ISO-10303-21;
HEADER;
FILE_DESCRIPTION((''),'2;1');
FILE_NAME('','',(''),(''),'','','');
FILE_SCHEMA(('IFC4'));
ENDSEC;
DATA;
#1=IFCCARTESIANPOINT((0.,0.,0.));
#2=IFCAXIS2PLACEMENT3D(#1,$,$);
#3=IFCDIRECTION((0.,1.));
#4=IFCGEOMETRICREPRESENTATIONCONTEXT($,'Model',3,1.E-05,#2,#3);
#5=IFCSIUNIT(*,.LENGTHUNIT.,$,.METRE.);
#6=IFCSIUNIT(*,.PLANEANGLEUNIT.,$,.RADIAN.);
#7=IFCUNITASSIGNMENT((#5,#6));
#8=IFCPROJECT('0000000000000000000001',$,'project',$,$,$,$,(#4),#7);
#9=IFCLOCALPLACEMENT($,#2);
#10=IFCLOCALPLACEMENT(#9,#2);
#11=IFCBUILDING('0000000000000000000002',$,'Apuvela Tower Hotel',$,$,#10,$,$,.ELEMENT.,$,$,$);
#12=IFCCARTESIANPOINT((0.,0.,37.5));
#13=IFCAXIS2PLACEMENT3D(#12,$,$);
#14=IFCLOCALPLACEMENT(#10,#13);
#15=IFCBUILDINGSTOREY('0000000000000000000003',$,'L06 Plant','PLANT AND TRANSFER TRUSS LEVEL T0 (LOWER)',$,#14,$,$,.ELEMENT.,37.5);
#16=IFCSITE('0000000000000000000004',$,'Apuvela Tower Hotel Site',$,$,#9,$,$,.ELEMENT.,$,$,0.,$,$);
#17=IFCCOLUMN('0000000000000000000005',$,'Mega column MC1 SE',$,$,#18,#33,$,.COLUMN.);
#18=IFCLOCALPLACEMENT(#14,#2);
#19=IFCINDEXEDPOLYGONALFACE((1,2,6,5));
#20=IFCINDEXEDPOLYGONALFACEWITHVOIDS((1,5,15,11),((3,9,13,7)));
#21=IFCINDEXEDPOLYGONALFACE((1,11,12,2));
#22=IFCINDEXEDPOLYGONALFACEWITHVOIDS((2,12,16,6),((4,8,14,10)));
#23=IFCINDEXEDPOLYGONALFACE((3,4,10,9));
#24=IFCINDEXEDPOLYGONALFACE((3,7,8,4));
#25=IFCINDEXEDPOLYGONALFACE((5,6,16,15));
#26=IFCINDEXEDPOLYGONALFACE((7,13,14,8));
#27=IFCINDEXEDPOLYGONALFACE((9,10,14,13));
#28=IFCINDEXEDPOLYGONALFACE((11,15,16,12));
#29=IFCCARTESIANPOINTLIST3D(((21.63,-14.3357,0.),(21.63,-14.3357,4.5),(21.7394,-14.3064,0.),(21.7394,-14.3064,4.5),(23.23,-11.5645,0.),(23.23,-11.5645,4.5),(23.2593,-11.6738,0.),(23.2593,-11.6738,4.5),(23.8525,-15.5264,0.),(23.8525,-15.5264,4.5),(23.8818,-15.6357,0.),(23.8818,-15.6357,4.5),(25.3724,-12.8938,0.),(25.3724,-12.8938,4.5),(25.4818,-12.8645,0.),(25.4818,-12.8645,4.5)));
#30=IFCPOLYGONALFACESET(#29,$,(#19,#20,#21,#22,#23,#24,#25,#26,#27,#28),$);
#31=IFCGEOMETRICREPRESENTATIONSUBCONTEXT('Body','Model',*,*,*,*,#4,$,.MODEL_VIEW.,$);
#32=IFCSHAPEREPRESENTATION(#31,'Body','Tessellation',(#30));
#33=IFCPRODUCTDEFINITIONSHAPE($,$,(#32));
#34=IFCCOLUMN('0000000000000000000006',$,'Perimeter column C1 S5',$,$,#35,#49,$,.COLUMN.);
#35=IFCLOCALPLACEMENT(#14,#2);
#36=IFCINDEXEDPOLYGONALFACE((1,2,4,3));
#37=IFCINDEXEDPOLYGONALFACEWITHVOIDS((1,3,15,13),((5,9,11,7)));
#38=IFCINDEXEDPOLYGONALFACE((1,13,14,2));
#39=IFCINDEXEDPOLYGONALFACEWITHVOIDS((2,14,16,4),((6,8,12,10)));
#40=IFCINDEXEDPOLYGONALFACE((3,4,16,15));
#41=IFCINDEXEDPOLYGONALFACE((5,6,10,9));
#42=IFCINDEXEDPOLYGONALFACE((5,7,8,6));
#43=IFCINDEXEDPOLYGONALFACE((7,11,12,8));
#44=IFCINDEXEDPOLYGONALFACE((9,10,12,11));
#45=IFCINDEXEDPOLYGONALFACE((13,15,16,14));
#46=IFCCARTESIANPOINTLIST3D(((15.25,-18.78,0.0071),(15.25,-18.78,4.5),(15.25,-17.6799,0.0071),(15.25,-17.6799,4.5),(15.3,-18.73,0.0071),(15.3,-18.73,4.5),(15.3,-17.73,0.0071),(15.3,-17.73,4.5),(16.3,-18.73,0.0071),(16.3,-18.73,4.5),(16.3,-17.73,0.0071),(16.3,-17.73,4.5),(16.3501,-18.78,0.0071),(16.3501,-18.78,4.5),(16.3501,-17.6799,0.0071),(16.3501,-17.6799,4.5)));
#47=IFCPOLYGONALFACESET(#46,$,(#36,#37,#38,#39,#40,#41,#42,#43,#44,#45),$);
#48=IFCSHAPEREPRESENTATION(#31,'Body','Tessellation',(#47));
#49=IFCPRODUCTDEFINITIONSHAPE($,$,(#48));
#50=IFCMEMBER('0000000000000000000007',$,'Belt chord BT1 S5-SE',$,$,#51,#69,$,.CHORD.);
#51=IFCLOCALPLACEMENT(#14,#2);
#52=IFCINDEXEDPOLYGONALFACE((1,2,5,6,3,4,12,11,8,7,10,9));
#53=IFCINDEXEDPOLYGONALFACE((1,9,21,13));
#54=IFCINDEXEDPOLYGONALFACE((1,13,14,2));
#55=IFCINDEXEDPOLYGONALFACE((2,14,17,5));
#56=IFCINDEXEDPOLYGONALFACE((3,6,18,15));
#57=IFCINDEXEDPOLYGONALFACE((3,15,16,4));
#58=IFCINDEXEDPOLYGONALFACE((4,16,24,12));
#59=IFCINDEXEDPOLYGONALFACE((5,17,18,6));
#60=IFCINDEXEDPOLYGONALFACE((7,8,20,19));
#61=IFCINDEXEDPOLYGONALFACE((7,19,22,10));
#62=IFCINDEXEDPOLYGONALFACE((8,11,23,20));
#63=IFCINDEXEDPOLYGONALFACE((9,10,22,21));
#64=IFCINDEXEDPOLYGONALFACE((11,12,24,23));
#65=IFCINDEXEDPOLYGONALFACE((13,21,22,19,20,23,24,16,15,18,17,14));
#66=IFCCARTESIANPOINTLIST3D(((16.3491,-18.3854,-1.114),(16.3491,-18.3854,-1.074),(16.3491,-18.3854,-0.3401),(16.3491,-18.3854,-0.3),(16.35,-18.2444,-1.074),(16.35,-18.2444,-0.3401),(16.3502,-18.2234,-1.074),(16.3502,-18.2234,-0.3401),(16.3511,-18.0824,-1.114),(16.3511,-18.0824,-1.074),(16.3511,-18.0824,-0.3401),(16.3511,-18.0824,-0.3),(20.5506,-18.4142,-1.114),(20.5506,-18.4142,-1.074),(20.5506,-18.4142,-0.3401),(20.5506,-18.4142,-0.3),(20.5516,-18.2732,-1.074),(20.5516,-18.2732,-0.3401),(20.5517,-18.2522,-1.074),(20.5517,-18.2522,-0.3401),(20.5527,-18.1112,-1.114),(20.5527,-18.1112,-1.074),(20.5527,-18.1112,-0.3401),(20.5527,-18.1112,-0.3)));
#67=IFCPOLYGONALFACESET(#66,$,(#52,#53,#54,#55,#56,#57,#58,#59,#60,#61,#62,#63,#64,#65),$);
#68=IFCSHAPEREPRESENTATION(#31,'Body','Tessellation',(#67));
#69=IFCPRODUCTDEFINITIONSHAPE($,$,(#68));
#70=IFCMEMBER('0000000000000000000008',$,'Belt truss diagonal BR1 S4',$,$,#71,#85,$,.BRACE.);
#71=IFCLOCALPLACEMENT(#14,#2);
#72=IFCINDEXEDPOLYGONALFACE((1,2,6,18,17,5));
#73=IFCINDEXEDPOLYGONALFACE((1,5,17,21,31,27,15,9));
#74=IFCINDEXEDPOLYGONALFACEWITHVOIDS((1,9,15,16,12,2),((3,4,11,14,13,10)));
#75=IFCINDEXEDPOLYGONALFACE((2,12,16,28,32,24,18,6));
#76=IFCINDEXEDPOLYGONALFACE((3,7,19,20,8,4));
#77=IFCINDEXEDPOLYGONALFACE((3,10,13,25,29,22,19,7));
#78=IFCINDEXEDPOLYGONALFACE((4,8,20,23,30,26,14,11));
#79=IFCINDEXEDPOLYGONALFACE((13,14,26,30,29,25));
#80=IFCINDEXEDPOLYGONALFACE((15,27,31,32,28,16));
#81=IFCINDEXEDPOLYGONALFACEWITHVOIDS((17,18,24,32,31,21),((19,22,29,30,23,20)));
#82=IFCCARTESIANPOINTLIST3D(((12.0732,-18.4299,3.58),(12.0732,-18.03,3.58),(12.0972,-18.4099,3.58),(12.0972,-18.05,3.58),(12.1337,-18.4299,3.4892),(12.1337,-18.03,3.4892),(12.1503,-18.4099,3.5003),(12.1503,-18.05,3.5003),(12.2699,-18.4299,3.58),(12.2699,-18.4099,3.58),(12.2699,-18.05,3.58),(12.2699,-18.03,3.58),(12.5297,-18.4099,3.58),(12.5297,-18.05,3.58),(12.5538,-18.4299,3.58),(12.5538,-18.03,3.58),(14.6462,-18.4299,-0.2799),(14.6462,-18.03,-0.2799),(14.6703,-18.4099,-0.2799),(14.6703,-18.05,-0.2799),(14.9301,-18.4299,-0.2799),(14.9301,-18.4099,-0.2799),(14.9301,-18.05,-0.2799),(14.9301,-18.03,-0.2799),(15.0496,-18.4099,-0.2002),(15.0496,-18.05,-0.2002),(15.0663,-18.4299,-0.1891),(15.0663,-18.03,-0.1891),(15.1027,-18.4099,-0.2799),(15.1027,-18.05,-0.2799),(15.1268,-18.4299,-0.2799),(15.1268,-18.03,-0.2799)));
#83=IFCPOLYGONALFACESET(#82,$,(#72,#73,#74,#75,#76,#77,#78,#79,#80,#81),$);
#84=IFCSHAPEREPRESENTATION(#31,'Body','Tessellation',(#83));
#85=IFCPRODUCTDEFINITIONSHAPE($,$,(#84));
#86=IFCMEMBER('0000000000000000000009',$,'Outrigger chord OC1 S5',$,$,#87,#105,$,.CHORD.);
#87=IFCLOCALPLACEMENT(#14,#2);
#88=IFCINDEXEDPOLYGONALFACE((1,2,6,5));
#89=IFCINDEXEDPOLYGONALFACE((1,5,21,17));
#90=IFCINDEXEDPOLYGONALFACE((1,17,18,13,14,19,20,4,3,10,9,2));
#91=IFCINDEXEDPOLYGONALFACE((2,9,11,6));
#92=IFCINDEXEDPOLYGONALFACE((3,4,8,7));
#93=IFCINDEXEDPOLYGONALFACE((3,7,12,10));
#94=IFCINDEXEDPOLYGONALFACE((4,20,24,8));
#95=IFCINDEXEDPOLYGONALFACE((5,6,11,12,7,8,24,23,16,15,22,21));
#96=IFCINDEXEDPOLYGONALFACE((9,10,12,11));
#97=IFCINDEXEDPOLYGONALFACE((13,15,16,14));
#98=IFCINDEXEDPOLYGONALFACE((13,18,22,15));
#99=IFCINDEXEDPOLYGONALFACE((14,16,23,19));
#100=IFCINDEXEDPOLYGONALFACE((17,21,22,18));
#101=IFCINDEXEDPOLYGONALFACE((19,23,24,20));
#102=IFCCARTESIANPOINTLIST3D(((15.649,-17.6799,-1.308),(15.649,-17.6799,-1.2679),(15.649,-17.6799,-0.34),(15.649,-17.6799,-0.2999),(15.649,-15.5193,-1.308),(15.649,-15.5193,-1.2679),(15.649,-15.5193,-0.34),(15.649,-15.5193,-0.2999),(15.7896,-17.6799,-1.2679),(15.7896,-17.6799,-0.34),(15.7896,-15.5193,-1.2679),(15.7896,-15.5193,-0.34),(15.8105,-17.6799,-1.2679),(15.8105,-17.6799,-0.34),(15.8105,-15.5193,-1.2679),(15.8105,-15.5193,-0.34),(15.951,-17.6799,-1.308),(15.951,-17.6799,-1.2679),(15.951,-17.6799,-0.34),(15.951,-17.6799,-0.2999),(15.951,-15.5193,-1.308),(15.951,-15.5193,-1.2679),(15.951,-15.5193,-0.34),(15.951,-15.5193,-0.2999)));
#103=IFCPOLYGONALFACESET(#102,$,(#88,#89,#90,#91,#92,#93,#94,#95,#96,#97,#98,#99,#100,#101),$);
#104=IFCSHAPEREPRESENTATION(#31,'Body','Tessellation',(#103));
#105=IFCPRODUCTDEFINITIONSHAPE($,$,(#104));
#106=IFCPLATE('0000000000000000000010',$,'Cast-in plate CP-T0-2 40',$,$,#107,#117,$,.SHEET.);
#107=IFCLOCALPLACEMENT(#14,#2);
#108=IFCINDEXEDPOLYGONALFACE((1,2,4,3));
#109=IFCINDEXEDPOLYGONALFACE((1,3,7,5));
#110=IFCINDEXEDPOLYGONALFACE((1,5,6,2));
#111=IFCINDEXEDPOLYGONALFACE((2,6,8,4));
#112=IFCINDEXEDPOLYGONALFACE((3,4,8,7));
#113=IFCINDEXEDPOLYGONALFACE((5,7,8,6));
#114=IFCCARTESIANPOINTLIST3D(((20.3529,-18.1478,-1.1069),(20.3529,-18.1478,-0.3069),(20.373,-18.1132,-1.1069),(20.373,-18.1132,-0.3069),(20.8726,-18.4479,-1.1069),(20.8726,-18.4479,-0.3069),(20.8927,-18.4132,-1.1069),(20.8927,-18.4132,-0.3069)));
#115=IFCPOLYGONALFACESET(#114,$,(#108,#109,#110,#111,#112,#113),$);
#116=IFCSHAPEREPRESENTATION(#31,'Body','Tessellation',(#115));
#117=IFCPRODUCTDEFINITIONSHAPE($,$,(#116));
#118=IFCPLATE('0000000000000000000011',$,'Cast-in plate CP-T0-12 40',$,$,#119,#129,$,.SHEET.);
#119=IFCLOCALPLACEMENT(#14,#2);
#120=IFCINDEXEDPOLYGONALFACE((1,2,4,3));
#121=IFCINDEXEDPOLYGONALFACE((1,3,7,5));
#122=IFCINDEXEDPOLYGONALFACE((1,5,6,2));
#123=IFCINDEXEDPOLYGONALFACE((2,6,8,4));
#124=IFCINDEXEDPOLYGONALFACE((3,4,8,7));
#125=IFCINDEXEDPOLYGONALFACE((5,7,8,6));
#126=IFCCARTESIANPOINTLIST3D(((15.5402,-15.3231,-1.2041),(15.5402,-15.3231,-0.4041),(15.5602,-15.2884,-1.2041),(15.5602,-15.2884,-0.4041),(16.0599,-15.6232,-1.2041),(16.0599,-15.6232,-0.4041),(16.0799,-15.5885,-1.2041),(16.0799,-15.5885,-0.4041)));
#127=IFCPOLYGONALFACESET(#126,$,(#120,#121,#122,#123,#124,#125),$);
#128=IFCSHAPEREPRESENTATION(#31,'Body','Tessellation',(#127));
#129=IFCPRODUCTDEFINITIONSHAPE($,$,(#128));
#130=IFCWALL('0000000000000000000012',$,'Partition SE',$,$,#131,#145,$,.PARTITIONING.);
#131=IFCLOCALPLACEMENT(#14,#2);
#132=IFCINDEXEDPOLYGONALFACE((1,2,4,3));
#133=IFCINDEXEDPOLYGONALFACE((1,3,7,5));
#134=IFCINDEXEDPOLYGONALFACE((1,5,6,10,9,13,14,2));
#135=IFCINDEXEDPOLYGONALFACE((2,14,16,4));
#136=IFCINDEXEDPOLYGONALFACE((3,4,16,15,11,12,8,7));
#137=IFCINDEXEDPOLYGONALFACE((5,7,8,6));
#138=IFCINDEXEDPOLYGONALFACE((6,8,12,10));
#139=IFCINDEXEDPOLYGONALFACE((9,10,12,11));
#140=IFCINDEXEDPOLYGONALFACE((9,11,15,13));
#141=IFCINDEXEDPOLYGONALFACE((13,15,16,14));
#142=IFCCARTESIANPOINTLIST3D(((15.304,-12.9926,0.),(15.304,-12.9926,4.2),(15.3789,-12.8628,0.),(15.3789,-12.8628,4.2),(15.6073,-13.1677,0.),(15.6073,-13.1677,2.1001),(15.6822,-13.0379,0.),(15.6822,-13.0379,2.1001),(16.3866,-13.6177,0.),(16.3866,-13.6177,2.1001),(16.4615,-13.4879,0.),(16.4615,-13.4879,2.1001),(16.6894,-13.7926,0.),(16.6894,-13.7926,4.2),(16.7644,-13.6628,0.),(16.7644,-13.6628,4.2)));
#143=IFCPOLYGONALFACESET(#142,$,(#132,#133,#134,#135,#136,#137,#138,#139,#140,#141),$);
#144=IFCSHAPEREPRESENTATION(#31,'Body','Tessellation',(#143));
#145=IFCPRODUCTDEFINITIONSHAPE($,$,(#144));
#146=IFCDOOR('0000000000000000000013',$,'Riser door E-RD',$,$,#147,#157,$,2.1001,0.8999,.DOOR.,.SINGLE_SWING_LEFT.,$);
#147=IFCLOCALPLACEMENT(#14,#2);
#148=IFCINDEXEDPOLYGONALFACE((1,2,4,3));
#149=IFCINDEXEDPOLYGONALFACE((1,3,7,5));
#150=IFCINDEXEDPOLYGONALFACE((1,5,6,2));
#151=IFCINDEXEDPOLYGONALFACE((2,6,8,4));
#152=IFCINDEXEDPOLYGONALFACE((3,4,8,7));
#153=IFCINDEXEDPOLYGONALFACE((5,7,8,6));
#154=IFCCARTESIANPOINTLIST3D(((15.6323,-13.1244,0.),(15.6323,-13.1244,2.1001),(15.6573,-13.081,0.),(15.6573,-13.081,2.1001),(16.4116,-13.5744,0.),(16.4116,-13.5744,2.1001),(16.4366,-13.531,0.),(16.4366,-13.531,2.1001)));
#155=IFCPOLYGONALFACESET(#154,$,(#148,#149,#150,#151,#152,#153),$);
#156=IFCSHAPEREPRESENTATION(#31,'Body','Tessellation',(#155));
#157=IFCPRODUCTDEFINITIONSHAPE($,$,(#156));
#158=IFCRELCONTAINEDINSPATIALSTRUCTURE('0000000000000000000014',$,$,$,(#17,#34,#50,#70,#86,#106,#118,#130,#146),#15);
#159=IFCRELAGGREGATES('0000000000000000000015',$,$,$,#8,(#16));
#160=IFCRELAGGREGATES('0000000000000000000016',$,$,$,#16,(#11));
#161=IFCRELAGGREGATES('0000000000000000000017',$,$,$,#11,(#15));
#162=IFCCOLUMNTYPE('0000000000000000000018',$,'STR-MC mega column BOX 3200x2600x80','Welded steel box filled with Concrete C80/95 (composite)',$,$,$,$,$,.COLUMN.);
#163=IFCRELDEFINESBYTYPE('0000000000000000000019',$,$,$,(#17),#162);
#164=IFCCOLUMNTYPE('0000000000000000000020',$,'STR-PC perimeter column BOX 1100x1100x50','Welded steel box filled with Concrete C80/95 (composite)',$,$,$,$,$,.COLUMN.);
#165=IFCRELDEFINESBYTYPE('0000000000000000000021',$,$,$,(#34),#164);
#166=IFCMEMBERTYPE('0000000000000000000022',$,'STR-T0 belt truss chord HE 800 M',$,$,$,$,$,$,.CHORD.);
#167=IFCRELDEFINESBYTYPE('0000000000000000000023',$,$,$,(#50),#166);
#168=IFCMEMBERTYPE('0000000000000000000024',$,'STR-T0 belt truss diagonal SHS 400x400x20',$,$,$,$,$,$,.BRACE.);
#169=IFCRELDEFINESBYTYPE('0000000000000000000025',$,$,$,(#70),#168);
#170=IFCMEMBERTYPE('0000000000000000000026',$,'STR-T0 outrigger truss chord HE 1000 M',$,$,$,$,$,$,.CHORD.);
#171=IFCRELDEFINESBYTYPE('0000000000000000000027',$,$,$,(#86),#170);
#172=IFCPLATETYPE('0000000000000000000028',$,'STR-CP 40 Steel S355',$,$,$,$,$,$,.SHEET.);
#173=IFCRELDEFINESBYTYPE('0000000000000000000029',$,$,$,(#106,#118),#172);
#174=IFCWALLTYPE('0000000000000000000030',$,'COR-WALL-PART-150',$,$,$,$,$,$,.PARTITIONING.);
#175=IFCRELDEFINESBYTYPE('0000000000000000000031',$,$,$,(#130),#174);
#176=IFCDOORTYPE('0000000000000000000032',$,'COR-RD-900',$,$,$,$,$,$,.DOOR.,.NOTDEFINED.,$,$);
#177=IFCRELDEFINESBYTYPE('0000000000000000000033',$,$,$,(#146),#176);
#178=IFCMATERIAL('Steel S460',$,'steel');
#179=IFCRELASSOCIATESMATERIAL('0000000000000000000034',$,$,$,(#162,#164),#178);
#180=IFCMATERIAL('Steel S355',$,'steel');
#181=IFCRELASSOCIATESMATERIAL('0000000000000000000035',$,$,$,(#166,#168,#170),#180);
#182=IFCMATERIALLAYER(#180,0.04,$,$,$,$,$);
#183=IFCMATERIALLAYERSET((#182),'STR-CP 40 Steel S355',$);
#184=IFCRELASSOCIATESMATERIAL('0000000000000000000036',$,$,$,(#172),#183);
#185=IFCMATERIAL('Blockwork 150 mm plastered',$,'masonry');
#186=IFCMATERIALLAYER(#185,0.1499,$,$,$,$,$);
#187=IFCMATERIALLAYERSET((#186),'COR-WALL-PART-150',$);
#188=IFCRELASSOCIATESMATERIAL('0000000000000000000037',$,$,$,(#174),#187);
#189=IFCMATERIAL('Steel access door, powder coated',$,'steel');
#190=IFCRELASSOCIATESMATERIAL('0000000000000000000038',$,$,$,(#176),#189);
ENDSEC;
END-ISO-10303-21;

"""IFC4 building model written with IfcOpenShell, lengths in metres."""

from ifc_helpers import new_model, si_unit, direction, frame, frame_2d, origin, origin_2d, place, context, subcontext, project, spatial, rectangle, hollow_rectangle, i_section, extrude, boolean, halfspace, material, layer, layer_set, material_profile, profile_set, type_object, element, fill, save


model = new_model("IFC4")

# Units and contexts
model_context = context("Model", 3, precision=1e-05, world=origin(), true_north=direction((0.0, 1.0)))
body_context = subcontext(model_context, "Body", "Model", "MODEL_VIEW")
ifc_project = project(units=[si_unit("LENGTHUNIT", "METRE"), si_unit("PLANEANGLEUNIT", "RADIAN")], contexts=[model_context])

# Site, building, storey
site_placement = place(None, origin())
site = spatial("IfcSite", under=ifc_project, at=site_placement, Name="Apuvela Tower Hotel Site", CompositionType="ELEMENT", RefElevation=0.0)
building_placement = place(site_placement, origin())
building = spatial("IfcBuilding", under=site, at=building_placement, Name="Apuvela Tower Hotel", CompositionType="ELEMENT")
storey_placement = place(building_placement, frame((0.0, 0.0, 37.5)))
storey = spatial("IfcBuildingStorey", under=building, at=storey_placement, Name="L06 Plant", Description="PLANT AND TRANSFER TRUSS LEVEL T0 (LOWER)", CompositionType="ELEMENT", Elevation=37.5)

# Columns
ifc_material_1 = material(Name="Steel S460", Category="steel")
ifc_material_profile_1 = material_profile(ifc_material_1, hollow_rectangle(XDim=3.2, YDim=2.6001, WallThickness=0.0801, at=origin_2d()), Name="BOX 3200x2600x80")
ifc_material_2 = material(Name="Concrete C80/95", Category="concrete")
ifc_material_profile_2 = material_profile(ifc_material_2, rectangle(XDim=3.04, YDim=2.4399, at=origin_2d()), Name="Concrete C80/95 infill")
ifc_profile_set_1 = profile_set([ifc_material_profile_1, ifc_material_profile_2], Name="Steel S460")
column_type_1 = type_object("IfcColumnType", Name="STR-MC mega column BOX 3200x2600x80", Description="Welded steel box filled with Concrete C80/95 (composite)", PredefinedType="COLUMN", material=ifc_profile_set_1)
column_1_placement = place(storey_placement, frame((23.5559, -13.6001, 0.0), z_axis=(0.0, 0.0, 1.0), x_axis=(0.5, 0.866025, 0.0)))
element("IfcColumn", 1, at=column_1_placement, inside=storey, type_object=column_type_1, Name="Mega column MC1 SE", PredefinedType="COLUMN", context=body_context, shape_type="SweptSolid", body=[
    extrude(hollow_rectangle(XDim=3.2, YDim=2.6001, WallThickness=0.0801, at=origin_2d()), origin(), (0.0, 0.0, 1.0), 4.5),
])
ifc_material_profile_3 = material_profile(ifc_material_1, hollow_rectangle(XDim=1.1001, YDim=1.1001, WallThickness=0.05, at=origin_2d()), Name="BOX 1100x1100x50")
ifc_material_profile_4 = material_profile(ifc_material_2, rectangle(XDim=1.0, YDim=1.0, at=origin_2d()), Name="Concrete C80/95 infill")
ifc_profile_set_2 = profile_set([ifc_material_profile_3, ifc_material_profile_4], Name="Steel S460")
column_type_2 = type_object("IfcColumnType", Name="STR-PC perimeter column BOX 1100x1100x50", Description="Welded steel box filled with Concrete C80/95 (composite)", PredefinedType="COLUMN", material=ifc_profile_set_2)
column_2_placement = place(storey_placement, frame((15.8, -18.23, 0.0), z_axis=(0.0, 0.0, 1.0), x_axis=(-1.0, 0.0, 0.0)))
element("IfcColumn", 2, at=column_2_placement, inside=storey, type_object=column_type_2, Name="Perimeter column C1 S5", PredefinedType="COLUMN", context=body_context, shape_type="SweptSolid", body=[
    boolean("DIFFERENCE", extrude(hollow_rectangle(XDim=1.1001, YDim=1.1001, WallThickness=0.05, at=origin_2d()), origin(), (0.0, 0.0, 1.0), 4.5), halfspace(frame((0.0, 0.0, 0.0071), z_axis=(0.0, 0.0, 1.0), x_axis=(1.0, 0.0, 0.0)), True)),
])

# Members
ifc_material_3 = material(Name="Steel S355", Category="steel")
ifc_material_profile_5 = material_profile(ifc_material_3, i_section(OverallWidth=0.303, OverallDepth=0.814, WebThickness=0.021, FlangeThickness=0.04, at=origin_2d()), Name="HE 800 M")
ifc_profile_set_3 = profile_set([ifc_material_profile_5], Name="Steel S355")
member_type_1 = type_object("IfcMemberType", Name="STR-T0 belt truss chord HE 800 M", PredefinedType="CHORD", material=ifc_profile_set_3)
member_1_placement = place(storey_placement, frame((16.3501, -18.2339, -0.707), z_axis=(0.999976, -0.006856, 0.0), x_axis=(0.006856, 0.999976, 0.0)))
element("IfcMember", 3, at=member_1_placement, inside=storey, type_object=member_type_1, Name="Belt chord BT1 S5-SE", PredefinedType="CHORD", context=body_context, shape_type="SweptSolid", body=[
    extrude(i_section(OverallWidth=0.303, OverallDepth=0.814, WebThickness=0.021, FlangeThickness=0.04, at=origin_2d()), origin(), (0.0, 0.0, 1.0), 4.2017),
])
ifc_material_profile_6 = material_profile(ifc_material_3, hollow_rectangle(XDim=0.3999, YDim=0.3999, WallThickness=0.02, at=origin_2d()), Name="SHS 400x400x20")
ifc_profile_set_4 = profile_set([ifc_material_profile_6], Name="Steel S355")
member_type_2 = type_object("IfcMemberType", Name="STR-T0 belt truss diagonal SHS 400x400x20", PredefinedType="BRACE", material=ifc_profile_set_4)
member_2_placement = place(storey_placement, frame((14.8999, -18.23, -0.3), z_axis=(-0.554664, 0.0, 0.832074), x_axis=(0.832074, 0.0, 0.554664)))
solid_1 = boolean("DIFFERENCE", boolean("DIFFERENCE", extrude(hollow_rectangle(XDim=0.3999, YDim=0.3999, WallThickness=0.02, at=origin_2d()), frame((0.0, 0.0, -0.2534)), (0.0, 0.0, 1.0), 5.1938), halfspace(frame((0.0, 0.0, 0.0242), z_axis=(0.554664, 0.0, 0.832074), x_axis=(0.832074, 0.0, -0.554664)), True)), halfspace(frame((0.0, 0.0, 4.6631), z_axis=(0.554664, 0.0, 0.832074), x_axis=(0.832074, 0.0, -0.554664)), False))
element("IfcMember", 4, at=member_2_placement, inside=storey, type_object=member_type_2, Name="Belt truss diagonal BR1 S4", PredefinedType="BRACE", context=body_context, shape_type="SweptSolid", body=[
    boolean("UNION", boolean("DIFFERENCE", boolean("DIFFERENCE", extrude(hollow_rectangle(XDim=0.3999, YDim=0.3999, WallThickness=0.02, at=origin_2d()), origin(), (0.0, 0.0, 1.0), 4.6873), halfspace(frame((0.0, 0.0, 0.0242), z_axis=(0.554664, 0.0, 0.832074), x_axis=(0.832074, 0.0, -0.554664)), True)), halfspace(frame((0.0, 0.0, 4.6631), z_axis=(0.554664, 0.0, 0.832074), x_axis=(0.832074, 0.0, -0.554664)), False)), solid_1),
])
ifc_material_profile_7 = material_profile(ifc_material_3, i_section(OverallWidth=0.302, OverallDepth=1.0081, WebThickness=0.021, FlangeThickness=0.04, at=origin_2d()), Name="HE 1000 M")
ifc_profile_set_5 = profile_set([ifc_material_profile_7], Name="Steel S355")
member_type_3 = type_object("IfcMemberType", Name="STR-T0 outrigger truss chord HE 1000 M", PredefinedType="CHORD", material=ifc_profile_set_5)
member_3_placement = place(storey_placement, frame((15.8, -17.6799, -0.804), z_axis=(0.0, 1.0, 0.0), x_axis=(-1.0, 0.0, 0.0)))
element("IfcMember", 5, at=member_3_placement, inside=storey, type_object=member_type_3, Name="Outrigger chord OC1 S5", PredefinedType="CHORD", context=body_context, shape_type="SweptSolid", body=[
    extrude(i_section(OverallWidth=0.302, OverallDepth=1.0081, WebThickness=0.021, FlangeThickness=0.04, at=origin_2d()), origin(), (0.0, 0.0, 1.0), 2.1606),
])

# Plates
ifc_layer_1 = layer(ifc_material_3, 0.04)
ifc_layer_set_1 = layer_set([ifc_layer_1], Name="STR-CP 40 Steel S355")
plate_type = type_object("IfcPlateType", Name="STR-CP 40 Steel S355", PredefinedType="SHEET", material=ifc_layer_set_1)
for number, where, z_axis, x_axis, name in (
    (6, (20.6228, -18.2805, -1.1069), (0.0, 0.0, 1.0), (-0.5, -0.866025, 0.0), "Cast-in plate CP-T0-2 40"),
    (7, (15.8101, -15.4558, -1.2041), (0.0, 0.0, 1.0), (0.5, 0.866025, 0.0), "Cast-in plate CP-T0-12 40"),
):
    element("IfcPlate", number, at=place(storey_placement, frame(where, z_axis=z_axis, x_axis=x_axis)), inside=storey, type_object=plate_type, Name=name, PredefinedType="SHEET", context=body_context, shape_type="SweptSolid", body=[
        extrude(rectangle(XDim=0.04, YDim=0.6001, at=origin_2d()), origin(), (0.0, 0.0, 1.0), 0.8),
    ])

# Wall, opening, door
ifc_material_4 = material(Name="Blockwork 150 mm plastered", Category="masonry")
ifc_layer_2 = layer(ifc_material_4, 0.1499)
ifc_layer_set_2 = layer_set([ifc_layer_2], Name="COR-WALL-PART-150")
wall_type_1 = type_object("IfcWallType", Name="COR-WALL-PART-150", PredefinedType="PARTITIONING", material=ifc_layer_set_2)
wall_1_placement = place(storey_placement, frame((15.3416, -12.9277, 0.0), z_axis=(0.0, 0.0, 1.0), x_axis=(0.86599, -0.500061, 0.0)))
wall_1 = element("IfcWall", 8, at=wall_1_placement, inside=storey, type_object=wall_type_1, Name="Partition SE", PredefinedType="PARTITIONING", context=body_context, shape_type="SweptSolid", body=[
    extrude(rectangle(XDim=1.5999, YDim=0.1499, at=frame_2d((0.7998, 0.0))), origin(), (0.0, 0.0, 1.0), 4.2),
])
opening_1_placement = place(wall_1_placement, frame((0.3501, 0.0, 0.0)))
opening_1 = element("IfcOpeningElement", 9, at=opening_1_placement, cuts=wall_1, PredefinedType="OPENING", context=body_context, shape_type="SweptSolid", body=[
    extrude(rectangle(XDim=0.8999, YDim=2.1001, at=frame_2d((0.45, 1.05))), frame((0.0, 0.085, 0.0), z_axis=(0.0, -1.0, 0.0), x_axis=(1.0, 0.0, 0.0)), (0.0, 0.0, 1.0), 0.1699),
])
ifc_material_5 = material(Name="Steel access door, powder coated", Category="steel")
door_type_1 = type_object("IfcDoorType", Name="COR-RD-900", OperationType="NOTDEFINED", PredefinedType="DOOR", material=ifc_material_5)
door_1_placement = place(opening_1_placement, frame((0.8999, 0.0, 0.0), z_axis=(0.0, 0.0, 1.0), x_axis=(-1.0, 0.0, 0.0)))
door_1 = element("IfcDoor", 10, at=door_1_placement, inside=storey, type_object=door_type_1, Name="Riser door E-RD", OperationType="SINGLE_SWING_LEFT", OverallHeight=2.1001, OverallWidth=0.8999, PredefinedType="DOOR", context=body_context, shape_type="SweptSolid", body=[
    extrude(rectangle(XDim=0.8999, YDim=2.1001, at=frame_2d((0.45, 1.05))), frame((0.0, 0.0249, 0.0), z_axis=(0.0, -1.0, 0.0), x_axis=(1.0, 0.0, 0.0)), (0.0, 0.0, 1.0), 0.05),
])
fill(opening_1, door_1)

save(model, "model.ifc")
